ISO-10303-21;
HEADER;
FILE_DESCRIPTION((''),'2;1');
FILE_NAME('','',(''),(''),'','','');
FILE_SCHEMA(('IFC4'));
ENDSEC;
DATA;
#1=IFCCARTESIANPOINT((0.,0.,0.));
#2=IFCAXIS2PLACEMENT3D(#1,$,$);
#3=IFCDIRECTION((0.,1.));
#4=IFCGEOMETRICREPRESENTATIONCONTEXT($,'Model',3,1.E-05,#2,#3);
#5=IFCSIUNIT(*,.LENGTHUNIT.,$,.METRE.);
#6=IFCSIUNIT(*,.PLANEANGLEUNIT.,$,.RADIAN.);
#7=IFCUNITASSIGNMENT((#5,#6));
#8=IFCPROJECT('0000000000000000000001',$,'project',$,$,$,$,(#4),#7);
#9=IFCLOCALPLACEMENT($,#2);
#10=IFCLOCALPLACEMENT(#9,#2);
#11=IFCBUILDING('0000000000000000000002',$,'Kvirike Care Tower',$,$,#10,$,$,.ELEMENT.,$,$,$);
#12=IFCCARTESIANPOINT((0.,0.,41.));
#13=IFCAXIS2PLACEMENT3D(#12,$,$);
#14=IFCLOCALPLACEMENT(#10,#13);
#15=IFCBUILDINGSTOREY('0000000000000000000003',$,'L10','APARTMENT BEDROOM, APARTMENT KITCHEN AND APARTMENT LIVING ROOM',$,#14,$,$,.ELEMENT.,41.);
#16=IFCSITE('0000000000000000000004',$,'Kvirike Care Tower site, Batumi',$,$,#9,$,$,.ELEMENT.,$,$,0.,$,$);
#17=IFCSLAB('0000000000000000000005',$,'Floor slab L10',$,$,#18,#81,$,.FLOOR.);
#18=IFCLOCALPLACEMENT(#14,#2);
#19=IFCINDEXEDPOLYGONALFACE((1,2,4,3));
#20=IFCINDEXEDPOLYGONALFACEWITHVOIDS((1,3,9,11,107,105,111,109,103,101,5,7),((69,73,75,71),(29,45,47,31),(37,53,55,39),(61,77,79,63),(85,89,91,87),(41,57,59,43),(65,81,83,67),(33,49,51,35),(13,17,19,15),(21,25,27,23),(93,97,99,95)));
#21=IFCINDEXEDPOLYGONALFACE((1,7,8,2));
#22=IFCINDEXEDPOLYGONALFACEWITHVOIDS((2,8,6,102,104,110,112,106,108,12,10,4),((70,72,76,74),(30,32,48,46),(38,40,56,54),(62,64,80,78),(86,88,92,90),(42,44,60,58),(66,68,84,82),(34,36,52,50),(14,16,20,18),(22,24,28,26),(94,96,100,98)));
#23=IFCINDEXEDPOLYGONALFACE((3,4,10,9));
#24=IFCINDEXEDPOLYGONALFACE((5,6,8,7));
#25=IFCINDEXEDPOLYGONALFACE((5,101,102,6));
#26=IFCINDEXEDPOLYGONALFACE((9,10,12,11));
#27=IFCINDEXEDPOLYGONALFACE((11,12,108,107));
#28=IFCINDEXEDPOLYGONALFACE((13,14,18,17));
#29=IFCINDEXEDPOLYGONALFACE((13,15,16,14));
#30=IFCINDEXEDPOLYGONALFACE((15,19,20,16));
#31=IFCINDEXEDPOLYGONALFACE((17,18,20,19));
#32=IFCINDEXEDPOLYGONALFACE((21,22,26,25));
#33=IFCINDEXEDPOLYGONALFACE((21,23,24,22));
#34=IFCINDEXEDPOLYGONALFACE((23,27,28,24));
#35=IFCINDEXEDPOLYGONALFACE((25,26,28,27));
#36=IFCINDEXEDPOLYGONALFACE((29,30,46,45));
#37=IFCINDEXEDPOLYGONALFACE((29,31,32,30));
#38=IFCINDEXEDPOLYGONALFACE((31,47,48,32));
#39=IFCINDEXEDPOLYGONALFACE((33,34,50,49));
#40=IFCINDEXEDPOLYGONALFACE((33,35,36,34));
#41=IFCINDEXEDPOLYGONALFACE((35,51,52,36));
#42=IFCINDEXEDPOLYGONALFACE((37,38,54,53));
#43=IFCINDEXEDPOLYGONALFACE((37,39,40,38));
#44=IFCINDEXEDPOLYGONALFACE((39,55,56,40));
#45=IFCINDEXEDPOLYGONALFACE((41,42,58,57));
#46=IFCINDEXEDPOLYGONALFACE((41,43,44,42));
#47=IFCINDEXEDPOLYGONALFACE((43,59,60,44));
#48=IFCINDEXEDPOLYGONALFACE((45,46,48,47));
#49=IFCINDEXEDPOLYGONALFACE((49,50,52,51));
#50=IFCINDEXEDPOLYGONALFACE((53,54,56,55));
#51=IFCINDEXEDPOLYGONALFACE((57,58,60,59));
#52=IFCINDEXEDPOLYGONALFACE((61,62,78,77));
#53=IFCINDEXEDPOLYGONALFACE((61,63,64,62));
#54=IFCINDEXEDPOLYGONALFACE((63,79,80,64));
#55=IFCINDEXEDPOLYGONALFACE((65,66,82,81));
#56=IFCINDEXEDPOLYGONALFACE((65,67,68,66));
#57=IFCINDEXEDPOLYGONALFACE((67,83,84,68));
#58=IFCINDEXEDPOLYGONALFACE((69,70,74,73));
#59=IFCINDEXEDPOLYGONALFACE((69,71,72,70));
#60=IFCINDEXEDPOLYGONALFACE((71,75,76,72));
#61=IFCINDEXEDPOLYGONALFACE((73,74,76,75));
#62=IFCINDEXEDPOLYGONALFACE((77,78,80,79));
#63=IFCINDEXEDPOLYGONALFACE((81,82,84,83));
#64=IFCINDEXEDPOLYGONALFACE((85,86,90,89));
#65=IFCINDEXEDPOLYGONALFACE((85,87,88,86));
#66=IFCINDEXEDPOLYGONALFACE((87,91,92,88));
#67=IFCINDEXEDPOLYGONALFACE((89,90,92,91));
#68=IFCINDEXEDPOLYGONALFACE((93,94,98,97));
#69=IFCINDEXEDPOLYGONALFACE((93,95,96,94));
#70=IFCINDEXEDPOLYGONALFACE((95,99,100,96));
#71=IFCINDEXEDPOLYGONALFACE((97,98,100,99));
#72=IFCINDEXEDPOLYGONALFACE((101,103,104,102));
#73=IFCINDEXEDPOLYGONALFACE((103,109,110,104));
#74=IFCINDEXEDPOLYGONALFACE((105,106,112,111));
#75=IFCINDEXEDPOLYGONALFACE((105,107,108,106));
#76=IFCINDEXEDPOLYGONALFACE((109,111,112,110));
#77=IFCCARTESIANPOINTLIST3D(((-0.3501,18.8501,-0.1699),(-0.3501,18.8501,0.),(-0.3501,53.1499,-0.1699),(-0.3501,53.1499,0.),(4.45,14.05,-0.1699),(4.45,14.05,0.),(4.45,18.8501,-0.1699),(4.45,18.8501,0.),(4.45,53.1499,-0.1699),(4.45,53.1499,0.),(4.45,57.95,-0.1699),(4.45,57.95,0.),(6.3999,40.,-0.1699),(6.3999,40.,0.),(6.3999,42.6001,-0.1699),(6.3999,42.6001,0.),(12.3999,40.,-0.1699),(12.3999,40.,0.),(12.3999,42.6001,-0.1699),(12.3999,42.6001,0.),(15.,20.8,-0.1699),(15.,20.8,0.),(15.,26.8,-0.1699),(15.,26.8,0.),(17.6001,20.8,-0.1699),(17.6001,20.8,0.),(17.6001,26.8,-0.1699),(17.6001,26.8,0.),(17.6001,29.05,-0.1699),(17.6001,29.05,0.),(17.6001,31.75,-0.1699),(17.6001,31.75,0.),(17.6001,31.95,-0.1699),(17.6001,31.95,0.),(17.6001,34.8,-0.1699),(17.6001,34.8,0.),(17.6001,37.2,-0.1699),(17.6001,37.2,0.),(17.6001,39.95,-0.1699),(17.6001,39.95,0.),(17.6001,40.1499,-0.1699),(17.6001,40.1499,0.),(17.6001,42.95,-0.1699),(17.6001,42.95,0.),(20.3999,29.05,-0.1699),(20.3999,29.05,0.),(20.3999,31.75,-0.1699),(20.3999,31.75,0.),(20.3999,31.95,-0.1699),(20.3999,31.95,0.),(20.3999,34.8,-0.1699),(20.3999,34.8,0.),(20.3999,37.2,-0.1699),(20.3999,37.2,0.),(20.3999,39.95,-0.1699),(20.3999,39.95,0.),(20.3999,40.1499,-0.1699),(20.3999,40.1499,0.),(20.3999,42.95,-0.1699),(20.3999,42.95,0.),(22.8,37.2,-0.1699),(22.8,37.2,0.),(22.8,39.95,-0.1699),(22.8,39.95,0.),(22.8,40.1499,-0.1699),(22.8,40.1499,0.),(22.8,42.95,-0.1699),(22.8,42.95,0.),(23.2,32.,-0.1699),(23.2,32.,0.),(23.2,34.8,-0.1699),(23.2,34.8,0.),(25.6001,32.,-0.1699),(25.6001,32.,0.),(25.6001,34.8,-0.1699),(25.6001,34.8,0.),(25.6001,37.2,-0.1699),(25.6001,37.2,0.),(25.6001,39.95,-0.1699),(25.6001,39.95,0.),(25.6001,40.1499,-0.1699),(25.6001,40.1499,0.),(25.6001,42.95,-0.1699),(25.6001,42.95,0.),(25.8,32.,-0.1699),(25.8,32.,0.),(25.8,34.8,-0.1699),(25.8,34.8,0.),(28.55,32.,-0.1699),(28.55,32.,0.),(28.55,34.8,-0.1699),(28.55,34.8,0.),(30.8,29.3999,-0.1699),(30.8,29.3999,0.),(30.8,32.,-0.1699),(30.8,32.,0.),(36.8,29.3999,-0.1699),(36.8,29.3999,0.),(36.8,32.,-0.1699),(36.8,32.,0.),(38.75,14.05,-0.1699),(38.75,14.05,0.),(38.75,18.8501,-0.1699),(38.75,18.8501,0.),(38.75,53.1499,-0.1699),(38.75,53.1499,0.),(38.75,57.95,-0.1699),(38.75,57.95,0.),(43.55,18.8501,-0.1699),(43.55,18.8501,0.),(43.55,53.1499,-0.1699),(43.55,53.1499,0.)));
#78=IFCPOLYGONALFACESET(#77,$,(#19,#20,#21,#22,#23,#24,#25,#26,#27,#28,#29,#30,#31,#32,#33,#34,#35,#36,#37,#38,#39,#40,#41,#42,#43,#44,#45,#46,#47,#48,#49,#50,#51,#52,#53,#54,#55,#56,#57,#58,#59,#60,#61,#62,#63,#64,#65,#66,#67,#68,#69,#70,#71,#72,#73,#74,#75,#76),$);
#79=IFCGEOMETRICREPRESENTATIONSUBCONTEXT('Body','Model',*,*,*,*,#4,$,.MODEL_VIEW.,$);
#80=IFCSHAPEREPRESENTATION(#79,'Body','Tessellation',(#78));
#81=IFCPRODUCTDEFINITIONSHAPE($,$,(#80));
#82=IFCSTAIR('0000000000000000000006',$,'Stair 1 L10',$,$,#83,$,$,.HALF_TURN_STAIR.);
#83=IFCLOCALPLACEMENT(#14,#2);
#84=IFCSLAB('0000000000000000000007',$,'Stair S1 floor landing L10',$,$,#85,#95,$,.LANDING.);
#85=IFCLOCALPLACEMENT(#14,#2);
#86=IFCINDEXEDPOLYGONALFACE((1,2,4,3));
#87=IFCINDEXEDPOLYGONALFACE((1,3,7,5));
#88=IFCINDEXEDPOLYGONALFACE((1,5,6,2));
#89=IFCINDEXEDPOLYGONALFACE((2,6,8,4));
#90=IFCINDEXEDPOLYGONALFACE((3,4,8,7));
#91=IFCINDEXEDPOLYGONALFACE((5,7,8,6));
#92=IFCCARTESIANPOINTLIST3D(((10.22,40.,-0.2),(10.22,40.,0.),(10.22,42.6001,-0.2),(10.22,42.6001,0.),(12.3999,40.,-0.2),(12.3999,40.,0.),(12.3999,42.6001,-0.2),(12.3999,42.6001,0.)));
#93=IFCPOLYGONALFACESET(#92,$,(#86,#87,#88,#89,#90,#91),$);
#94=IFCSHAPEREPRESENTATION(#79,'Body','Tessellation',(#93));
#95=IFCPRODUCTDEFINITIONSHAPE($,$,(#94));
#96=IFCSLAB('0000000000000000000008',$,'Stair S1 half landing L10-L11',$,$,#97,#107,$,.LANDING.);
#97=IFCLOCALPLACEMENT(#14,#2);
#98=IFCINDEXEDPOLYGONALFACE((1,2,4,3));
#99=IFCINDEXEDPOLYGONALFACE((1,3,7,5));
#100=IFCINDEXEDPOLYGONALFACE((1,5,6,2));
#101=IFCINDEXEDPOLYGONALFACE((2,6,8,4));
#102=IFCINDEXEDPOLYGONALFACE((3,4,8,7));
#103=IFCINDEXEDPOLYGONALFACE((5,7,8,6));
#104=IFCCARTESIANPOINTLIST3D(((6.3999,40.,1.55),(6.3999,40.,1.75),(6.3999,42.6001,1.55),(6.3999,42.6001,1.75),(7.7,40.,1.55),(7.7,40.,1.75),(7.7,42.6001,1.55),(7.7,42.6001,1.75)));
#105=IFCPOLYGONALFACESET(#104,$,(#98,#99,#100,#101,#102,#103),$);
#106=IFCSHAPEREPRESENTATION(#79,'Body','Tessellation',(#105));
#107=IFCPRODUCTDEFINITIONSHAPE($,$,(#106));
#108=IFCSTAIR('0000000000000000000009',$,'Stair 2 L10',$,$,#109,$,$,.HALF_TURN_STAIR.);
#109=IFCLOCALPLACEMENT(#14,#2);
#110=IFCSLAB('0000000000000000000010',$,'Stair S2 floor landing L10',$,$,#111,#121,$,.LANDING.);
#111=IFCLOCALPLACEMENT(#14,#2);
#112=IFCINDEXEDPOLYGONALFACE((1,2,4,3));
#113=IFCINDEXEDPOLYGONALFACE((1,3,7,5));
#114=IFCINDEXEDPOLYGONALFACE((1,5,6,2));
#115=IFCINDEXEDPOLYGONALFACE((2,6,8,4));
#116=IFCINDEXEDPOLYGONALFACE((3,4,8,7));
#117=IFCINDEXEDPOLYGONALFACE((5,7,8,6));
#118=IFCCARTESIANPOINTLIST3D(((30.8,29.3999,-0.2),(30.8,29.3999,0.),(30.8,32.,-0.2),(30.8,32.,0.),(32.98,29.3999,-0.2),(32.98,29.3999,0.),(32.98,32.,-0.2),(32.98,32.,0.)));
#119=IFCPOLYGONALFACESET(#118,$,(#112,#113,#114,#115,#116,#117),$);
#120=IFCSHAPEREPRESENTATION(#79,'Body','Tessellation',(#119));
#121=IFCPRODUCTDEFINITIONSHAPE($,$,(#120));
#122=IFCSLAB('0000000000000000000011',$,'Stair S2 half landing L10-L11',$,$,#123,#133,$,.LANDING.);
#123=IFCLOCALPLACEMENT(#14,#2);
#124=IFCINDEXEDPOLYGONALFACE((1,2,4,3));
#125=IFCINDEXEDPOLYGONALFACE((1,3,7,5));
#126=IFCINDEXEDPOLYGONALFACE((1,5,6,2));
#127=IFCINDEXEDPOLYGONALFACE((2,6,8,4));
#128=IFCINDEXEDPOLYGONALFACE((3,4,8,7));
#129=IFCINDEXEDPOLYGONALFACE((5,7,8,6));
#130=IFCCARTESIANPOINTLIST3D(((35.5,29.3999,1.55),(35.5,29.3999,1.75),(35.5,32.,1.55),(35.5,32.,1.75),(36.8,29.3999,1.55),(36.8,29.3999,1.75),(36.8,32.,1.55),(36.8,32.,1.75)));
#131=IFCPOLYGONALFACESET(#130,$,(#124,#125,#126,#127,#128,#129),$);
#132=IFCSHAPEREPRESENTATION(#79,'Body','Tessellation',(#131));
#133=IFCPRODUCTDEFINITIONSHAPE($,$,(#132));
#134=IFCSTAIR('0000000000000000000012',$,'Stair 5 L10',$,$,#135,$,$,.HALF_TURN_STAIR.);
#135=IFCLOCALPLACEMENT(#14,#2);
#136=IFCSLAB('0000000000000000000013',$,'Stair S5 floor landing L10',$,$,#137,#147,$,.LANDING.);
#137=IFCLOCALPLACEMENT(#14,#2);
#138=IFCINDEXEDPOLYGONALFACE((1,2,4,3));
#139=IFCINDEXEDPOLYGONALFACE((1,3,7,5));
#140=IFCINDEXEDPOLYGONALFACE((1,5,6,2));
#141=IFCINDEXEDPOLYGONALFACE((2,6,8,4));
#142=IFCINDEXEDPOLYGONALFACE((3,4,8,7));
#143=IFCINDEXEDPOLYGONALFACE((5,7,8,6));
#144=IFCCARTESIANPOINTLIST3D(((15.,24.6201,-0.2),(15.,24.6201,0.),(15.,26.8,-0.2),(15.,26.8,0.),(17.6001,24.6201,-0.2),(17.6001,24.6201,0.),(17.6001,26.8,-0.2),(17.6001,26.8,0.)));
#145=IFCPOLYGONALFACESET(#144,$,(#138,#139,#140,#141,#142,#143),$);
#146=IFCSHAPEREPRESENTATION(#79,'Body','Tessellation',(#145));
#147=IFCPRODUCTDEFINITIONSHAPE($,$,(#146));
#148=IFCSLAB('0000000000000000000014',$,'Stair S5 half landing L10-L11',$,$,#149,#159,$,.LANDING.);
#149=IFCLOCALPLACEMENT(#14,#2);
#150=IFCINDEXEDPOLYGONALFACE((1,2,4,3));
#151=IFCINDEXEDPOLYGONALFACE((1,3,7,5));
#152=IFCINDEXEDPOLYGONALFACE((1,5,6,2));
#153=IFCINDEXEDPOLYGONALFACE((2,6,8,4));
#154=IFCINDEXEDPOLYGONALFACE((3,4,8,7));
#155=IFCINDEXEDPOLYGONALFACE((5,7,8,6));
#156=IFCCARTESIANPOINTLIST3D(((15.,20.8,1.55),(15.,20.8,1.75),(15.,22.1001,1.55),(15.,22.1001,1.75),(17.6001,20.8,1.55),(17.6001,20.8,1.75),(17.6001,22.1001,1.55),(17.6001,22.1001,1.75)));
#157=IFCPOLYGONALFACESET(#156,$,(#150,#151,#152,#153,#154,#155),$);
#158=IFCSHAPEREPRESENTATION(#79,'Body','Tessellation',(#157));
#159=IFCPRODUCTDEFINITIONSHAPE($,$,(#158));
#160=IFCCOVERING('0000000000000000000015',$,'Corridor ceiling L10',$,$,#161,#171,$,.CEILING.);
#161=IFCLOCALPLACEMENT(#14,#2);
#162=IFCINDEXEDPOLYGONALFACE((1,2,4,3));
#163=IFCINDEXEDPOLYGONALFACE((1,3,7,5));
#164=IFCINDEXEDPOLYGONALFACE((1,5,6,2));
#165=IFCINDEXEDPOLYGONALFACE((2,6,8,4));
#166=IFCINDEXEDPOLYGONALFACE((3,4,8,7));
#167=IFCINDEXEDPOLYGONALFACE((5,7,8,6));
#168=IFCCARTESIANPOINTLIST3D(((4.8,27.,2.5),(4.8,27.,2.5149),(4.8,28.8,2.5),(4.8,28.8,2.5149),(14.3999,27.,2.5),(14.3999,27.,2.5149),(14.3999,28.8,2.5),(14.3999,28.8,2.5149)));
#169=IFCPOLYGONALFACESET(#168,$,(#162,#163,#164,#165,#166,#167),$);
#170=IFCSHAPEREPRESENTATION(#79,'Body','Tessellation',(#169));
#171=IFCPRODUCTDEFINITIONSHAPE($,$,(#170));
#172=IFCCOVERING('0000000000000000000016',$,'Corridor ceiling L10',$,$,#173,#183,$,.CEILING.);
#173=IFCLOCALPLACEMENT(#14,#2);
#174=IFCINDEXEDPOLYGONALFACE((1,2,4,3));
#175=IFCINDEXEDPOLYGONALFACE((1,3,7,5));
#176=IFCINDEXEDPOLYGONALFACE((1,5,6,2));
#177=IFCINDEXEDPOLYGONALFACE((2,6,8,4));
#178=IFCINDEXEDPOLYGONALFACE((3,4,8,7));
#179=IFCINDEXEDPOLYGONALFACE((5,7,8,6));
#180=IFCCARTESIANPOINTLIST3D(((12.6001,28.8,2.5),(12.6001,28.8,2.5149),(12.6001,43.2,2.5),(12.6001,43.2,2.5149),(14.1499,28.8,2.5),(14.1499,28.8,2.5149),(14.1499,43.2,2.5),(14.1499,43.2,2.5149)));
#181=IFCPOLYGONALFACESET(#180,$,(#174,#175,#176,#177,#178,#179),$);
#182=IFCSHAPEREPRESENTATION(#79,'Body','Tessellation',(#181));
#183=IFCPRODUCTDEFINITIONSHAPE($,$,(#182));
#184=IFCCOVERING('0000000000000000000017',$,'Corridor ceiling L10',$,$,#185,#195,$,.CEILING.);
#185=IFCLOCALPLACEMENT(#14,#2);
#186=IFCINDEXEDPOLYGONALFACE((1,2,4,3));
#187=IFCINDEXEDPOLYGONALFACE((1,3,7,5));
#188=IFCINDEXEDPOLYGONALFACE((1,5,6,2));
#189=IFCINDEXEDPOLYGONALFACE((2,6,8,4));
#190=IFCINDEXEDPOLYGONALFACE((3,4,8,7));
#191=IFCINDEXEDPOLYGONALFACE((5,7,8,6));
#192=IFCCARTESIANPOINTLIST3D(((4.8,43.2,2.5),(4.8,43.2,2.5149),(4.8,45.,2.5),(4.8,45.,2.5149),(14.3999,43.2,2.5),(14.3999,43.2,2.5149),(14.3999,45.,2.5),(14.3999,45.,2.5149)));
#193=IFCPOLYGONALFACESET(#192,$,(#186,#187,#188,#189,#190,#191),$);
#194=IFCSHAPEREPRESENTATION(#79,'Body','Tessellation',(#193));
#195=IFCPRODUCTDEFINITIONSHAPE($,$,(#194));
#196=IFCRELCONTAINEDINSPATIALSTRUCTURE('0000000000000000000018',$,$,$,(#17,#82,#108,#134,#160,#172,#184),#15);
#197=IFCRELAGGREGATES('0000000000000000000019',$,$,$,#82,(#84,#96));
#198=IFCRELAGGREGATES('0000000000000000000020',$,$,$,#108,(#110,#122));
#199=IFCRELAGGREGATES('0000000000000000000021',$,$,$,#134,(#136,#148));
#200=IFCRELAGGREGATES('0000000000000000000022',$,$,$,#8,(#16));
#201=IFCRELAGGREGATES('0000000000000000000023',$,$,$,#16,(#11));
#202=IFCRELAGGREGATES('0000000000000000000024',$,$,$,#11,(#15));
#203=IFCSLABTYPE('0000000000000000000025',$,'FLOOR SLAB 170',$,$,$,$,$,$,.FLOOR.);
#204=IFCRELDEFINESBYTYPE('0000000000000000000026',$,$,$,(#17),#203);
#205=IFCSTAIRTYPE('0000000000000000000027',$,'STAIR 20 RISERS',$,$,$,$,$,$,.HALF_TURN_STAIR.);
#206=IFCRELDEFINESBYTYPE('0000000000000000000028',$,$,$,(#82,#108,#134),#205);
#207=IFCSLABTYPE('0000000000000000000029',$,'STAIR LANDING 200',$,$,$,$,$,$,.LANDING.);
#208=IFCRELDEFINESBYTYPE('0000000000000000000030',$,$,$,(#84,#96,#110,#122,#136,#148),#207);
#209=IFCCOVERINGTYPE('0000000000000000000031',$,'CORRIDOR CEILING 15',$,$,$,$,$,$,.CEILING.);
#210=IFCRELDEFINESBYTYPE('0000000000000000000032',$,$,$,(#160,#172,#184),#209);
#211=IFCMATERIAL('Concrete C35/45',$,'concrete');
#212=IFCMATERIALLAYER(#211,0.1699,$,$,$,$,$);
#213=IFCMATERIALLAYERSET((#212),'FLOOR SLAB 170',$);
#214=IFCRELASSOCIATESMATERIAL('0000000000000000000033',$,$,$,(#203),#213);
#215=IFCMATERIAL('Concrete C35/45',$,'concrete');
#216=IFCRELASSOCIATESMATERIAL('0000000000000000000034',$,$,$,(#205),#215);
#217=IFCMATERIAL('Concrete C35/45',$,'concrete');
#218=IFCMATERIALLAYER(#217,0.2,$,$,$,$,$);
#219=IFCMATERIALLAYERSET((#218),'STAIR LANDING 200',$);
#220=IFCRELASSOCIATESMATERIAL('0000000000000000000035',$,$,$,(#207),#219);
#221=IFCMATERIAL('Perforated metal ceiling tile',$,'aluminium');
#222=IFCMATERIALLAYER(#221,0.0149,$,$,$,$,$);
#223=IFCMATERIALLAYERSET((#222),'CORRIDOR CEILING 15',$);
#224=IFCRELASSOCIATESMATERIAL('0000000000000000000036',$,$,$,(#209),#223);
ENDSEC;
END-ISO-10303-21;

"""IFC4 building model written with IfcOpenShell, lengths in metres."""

from ifc_helpers import new_model, si_unit, direction, frame, origin, place, context, subcontext, project, spatial, polyline, outline, extrude, material, layer, layer_set, type_object, element, aggregate, save


model = new_model("IFC4")

# Units and contexts
model_context = context("Model", 3, precision=1e-05, world=origin(), true_north=direction((0.0, 1.0)))
body_context = subcontext(model_context, "Body", "Model", "MODEL_VIEW")
ifc_project = project(units=[si_unit("LENGTHUNIT", "METRE"), si_unit("PLANEANGLEUNIT", "RADIAN")], contexts=[model_context])

# Site, building, storey
site_placement = place(None, origin())
site = spatial("IfcSite", under=ifc_project, at=site_placement, Name="Kvirike Care Tower site, Batumi", CompositionType="ELEMENT", RefElevation=0.0)
building_placement = place(site_placement, origin())
building = spatial("IfcBuilding", under=site, at=building_placement, Name="Kvirike Care Tower", CompositionType="ELEMENT")
storey_placement = place(building_placement, frame((0.0, 0.0, 41.0)))
storey = spatial("IfcBuildingStorey", under=building, at=storey_placement, Name="L10", Description="APARTMENT BEDROOM, APARTMENT KITCHEN AND APARTMENT LIVING ROOM", CompositionType="ELEMENT", Elevation=41.0)

# Slab
ifc_material_1 = material(Name="Concrete C35/45", Category="concrete")
ifc_layer_1 = layer(ifc_material_1, 0.1699)
ifc_layer_set_1 = layer_set([ifc_layer_1], Name="FLOOR SLAB 170")
slab_type_1 = type_object("IfcSlabType", Name="FLOOR SLAB 170", PredefinedType="FLOOR", material=ifc_layer_set_1)
slab_1_placement = place(storey_placement, frame((0.0, 0.0, -0.1699)))
element("IfcSlab", 1, at=slab_1_placement, inside=storey, type_object=slab_type_1, Name="Floor slab L10", PredefinedType="FLOOR", context=body_context, shape_type="SweptSolid", body=[
    extrude(outline(polyline([(-0.3501, 53.1499), (-0.3501, 18.8501), (4.45, 18.8501), (4.45, 14.05), (38.75, 14.05), (38.75, 18.8501), (43.55, 18.8501), (43.55, 53.1499), (38.75, 53.1499), (38.75, 57.95), (4.45, 57.95), (4.45, 53.1499), (-0.3501, 53.1499)]), holes=[polyline([(17.6001, 29.05), (17.6001, 31.75), (20.3999, 31.75), (20.3999, 29.05), (17.6001, 29.05)]), polyline([(17.6001, 31.95), (17.6001, 34.8), (20.3999, 34.8), (20.3999, 31.95), (17.6001, 31.95)]), polyline([(17.6001, 37.2), (17.6001, 39.95), (20.3999, 39.95), (20.3999, 37.2), (17.6001, 37.2)]), polyline([(17.6001, 40.1499), (17.6001, 42.95), (20.3999, 42.95), (20.3999, 40.1499), (17.6001, 40.1499)]), polyline([(22.8, 37.2), (22.8, 39.95), (25.6001, 39.95), (25.6001, 37.2), (22.8, 37.2)]), polyline([(22.8, 40.1499), (22.8, 42.95), (25.6001, 42.95), (25.6001, 40.1499), (22.8, 40.1499)]), polyline([(23.2, 32.0), (23.2, 34.8), (25.6001, 34.8), (25.6001, 32.0), (23.2, 32.0)]), polyline([(25.8, 32.0), (25.8, 34.8), (28.55, 34.8), (28.55, 32.0), (25.8, 32.0)]), polyline([(12.3999, 42.6001), (12.3999, 40.0), (6.3999, 40.0), (6.3999, 42.6001), (12.3999, 42.6001)]), polyline([(30.8, 29.3999), (30.8, 32.0), (36.8, 32.0), (36.8, 29.3999), (30.8, 29.3999)]), polyline([(15.0, 26.8), (17.6001, 26.8), (17.6001, 20.8), (15.0, 20.8), (15.0, 26.8)])]), origin(), (0.0, 0.0, 1.0), 0.1699),
])

# Stairs, slabs
ifc_material_2 = material(Name="Concrete C35/45", Category="concrete")
stair_type = type_object("IfcStairType", Name="STAIR 20 RISERS", PredefinedType="HALF_TURN_STAIR", material=ifc_material_2)
stair_1_placement = place(storey_placement, origin())
stair_1 = element("IfcStair", 2, at=stair_1_placement, inside=storey, type_object=stair_type, Name="Stair 1 L10", PredefinedType="HALF_TURN_STAIR")
ifc_material_3 = material(Name="Concrete C35/45", Category="concrete")
ifc_layer_2 = layer(ifc_material_3, 0.2)
ifc_layer_set_2 = layer_set([ifc_layer_2], Name="STAIR LANDING 200")
slab_type_2 = type_object("IfcSlabType", Name="STAIR LANDING 200", PredefinedType="LANDING", material=ifc_layer_set_2)
slab_2_placement = place(storey_placement, frame((0.0, 0.0, -0.2)))
slab_2 = element("IfcSlab", 3, at=slab_2_placement, type_object=slab_type_2, Name="Stair S1 floor landing L10", PredefinedType="LANDING", context=body_context, shape_type="SweptSolid", body=[
    extrude(outline(polyline([(10.22, 42.6001), (10.22, 40.0), (12.3999, 40.0), (12.3999, 42.6001), (10.22, 42.6001)])), origin(), (0.0, 0.0, 1.0), 0.2),
])
slab_3_placement = place(storey_placement, frame((0.0, 0.0, 1.55)))
slab_3 = element("IfcSlab", 4, at=slab_3_placement, type_object=slab_type_2, Name="Stair S1 half landing L10-L11", PredefinedType="LANDING", context=body_context, shape_type="SweptSolid", body=[
    extrude(outline(polyline([(6.3999, 42.6001), (6.3999, 40.0), (7.7, 40.0), (7.7, 42.6001), (6.3999, 42.6001)])), origin(), (0.0, 0.0, 1.0), 0.2),
])
aggregate(stair_1, [slab_2, slab_3])
stair_2_placement = place(storey_placement, origin())
stair_2 = element("IfcStair", 5, at=stair_2_placement, inside=storey, type_object=stair_type, Name="Stair 2 L10", PredefinedType="HALF_TURN_STAIR")
slab_4_placement = place(storey_placement, frame((0.0, 0.0, -0.2)))
slab_4 = element("IfcSlab", 6, at=slab_4_placement, type_object=slab_type_2, Name="Stair S2 floor landing L10", PredefinedType="LANDING", context=body_context, shape_type="SweptSolid", body=[
    extrude(outline(polyline([(32.98, 29.3999), (32.98, 32.0), (30.8, 32.0), (30.8, 29.3999), (32.98, 29.3999)])), origin(), (0.0, 0.0, 1.0), 0.2),
])
slab_5_placement = place(storey_placement, frame((0.0, 0.0, 1.55)))
slab_5 = element("IfcSlab", 7, at=slab_5_placement, type_object=slab_type_2, Name="Stair S2 half landing L10-L11", PredefinedType="LANDING", context=body_context, shape_type="SweptSolid", body=[
    extrude(outline(polyline([(36.8, 29.3999), (36.8, 32.0), (35.5, 32.0), (35.5, 29.3999), (36.8, 29.3999)])), origin(), (0.0, 0.0, 1.0), 0.2),
])
aggregate(stair_2, [slab_4, slab_5])
stair_3_placement = place(storey_placement, origin())
stair_3 = element("IfcStair", 8, at=stair_3_placement, inside=storey, type_object=stair_type, Name="Stair 5 L10", PredefinedType="HALF_TURN_STAIR")
slab_6_placement = place(storey_placement, frame((0.0, 0.0, -0.2)))
slab_6 = element("IfcSlab", 9, at=slab_6_placement, type_object=slab_type_2, Name="Stair S5 floor landing L10", PredefinedType="LANDING", context=body_context, shape_type="SweptSolid", body=[
    extrude(outline(polyline([(15.0, 24.6201), (17.6001, 24.6201), (17.6001, 26.8), (15.0, 26.8), (15.0, 24.6201)])), origin(), (0.0, 0.0, 1.0), 0.2),
])
slab_7_placement = place(storey_placement, frame((0.0, 0.0, 1.55)))
slab_7 = element("IfcSlab", 10, at=slab_7_placement, type_object=slab_type_2, Name="Stair S5 half landing L10-L11", PredefinedType="LANDING", context=body_context, shape_type="SweptSolid", body=[
    extrude(outline(polyline([(15.0, 20.8), (17.6001, 20.8), (17.6001, 22.1001), (15.0, 22.1001), (15.0, 20.8)])), origin(), (0.0, 0.0, 1.0), 0.2),
])
aggregate(stair_3, [slab_6, slab_7])

# Coverings
ifc_material_4 = material(Name="Perforated metal ceiling tile", Category="aluminium")
ifc_layer_3 = layer(ifc_material_4, 0.0149)
ifc_layer_set_3 = layer_set([ifc_layer_3], Name="CORRIDOR CEILING 15")
covering_type_1 = type_object("IfcCoveringType", Name="CORRIDOR CEILING 15", PredefinedType="CEILING", material=ifc_layer_set_3)
covering_1_placement = place(storey_placement, frame((0.0, 0.0, 2.5)))
element("IfcCovering", 11, at=covering_1_placement, inside=storey, type_object=covering_type_1, Name="Corridor ceiling L10", PredefinedType="CEILING", context=body_context, shape_type="SweptSolid", body=[
    extrude(outline(polyline([(4.8, 27.0), (4.8, 28.8), (14.3999, 28.8), (14.3999, 27.0), (4.8, 27.0)])), origin(), (0.0, 0.0, 1.0), 0.0149),
])
covering_2_placement = place(storey_placement, frame((0.0, 0.0, 2.5)))
element("IfcCovering", 12, at=covering_2_placement, inside=storey, type_object=covering_type_1, Name="Corridor ceiling L10", PredefinedType="CEILING", context=body_context, shape_type="SweptSolid", body=[
    extrude(outline(polyline([(12.6001, 43.2), (14.1499, 43.2), (14.1499, 28.8), (12.6001, 28.8), (12.6001, 43.2)])), origin(), (0.0, 0.0, 1.0), 0.0149),
])
covering_3_placement = place(storey_placement, frame((0.0, 0.0, 2.5)))
element("IfcCovering", 13, at=covering_3_placement, inside=storey, type_object=covering_type_1, Name="Corridor ceiling L10", PredefinedType="CEILING", context=body_context, shape_type="SweptSolid", body=[
    extrude(outline(polyline([(14.3999, 45.0), (14.3999, 43.2), (4.8, 43.2), (4.8, 45.0), (14.3999, 45.0)])), origin(), (0.0, 0.0, 1.0), 0.0149),
])

save(model, "model.ifc")
